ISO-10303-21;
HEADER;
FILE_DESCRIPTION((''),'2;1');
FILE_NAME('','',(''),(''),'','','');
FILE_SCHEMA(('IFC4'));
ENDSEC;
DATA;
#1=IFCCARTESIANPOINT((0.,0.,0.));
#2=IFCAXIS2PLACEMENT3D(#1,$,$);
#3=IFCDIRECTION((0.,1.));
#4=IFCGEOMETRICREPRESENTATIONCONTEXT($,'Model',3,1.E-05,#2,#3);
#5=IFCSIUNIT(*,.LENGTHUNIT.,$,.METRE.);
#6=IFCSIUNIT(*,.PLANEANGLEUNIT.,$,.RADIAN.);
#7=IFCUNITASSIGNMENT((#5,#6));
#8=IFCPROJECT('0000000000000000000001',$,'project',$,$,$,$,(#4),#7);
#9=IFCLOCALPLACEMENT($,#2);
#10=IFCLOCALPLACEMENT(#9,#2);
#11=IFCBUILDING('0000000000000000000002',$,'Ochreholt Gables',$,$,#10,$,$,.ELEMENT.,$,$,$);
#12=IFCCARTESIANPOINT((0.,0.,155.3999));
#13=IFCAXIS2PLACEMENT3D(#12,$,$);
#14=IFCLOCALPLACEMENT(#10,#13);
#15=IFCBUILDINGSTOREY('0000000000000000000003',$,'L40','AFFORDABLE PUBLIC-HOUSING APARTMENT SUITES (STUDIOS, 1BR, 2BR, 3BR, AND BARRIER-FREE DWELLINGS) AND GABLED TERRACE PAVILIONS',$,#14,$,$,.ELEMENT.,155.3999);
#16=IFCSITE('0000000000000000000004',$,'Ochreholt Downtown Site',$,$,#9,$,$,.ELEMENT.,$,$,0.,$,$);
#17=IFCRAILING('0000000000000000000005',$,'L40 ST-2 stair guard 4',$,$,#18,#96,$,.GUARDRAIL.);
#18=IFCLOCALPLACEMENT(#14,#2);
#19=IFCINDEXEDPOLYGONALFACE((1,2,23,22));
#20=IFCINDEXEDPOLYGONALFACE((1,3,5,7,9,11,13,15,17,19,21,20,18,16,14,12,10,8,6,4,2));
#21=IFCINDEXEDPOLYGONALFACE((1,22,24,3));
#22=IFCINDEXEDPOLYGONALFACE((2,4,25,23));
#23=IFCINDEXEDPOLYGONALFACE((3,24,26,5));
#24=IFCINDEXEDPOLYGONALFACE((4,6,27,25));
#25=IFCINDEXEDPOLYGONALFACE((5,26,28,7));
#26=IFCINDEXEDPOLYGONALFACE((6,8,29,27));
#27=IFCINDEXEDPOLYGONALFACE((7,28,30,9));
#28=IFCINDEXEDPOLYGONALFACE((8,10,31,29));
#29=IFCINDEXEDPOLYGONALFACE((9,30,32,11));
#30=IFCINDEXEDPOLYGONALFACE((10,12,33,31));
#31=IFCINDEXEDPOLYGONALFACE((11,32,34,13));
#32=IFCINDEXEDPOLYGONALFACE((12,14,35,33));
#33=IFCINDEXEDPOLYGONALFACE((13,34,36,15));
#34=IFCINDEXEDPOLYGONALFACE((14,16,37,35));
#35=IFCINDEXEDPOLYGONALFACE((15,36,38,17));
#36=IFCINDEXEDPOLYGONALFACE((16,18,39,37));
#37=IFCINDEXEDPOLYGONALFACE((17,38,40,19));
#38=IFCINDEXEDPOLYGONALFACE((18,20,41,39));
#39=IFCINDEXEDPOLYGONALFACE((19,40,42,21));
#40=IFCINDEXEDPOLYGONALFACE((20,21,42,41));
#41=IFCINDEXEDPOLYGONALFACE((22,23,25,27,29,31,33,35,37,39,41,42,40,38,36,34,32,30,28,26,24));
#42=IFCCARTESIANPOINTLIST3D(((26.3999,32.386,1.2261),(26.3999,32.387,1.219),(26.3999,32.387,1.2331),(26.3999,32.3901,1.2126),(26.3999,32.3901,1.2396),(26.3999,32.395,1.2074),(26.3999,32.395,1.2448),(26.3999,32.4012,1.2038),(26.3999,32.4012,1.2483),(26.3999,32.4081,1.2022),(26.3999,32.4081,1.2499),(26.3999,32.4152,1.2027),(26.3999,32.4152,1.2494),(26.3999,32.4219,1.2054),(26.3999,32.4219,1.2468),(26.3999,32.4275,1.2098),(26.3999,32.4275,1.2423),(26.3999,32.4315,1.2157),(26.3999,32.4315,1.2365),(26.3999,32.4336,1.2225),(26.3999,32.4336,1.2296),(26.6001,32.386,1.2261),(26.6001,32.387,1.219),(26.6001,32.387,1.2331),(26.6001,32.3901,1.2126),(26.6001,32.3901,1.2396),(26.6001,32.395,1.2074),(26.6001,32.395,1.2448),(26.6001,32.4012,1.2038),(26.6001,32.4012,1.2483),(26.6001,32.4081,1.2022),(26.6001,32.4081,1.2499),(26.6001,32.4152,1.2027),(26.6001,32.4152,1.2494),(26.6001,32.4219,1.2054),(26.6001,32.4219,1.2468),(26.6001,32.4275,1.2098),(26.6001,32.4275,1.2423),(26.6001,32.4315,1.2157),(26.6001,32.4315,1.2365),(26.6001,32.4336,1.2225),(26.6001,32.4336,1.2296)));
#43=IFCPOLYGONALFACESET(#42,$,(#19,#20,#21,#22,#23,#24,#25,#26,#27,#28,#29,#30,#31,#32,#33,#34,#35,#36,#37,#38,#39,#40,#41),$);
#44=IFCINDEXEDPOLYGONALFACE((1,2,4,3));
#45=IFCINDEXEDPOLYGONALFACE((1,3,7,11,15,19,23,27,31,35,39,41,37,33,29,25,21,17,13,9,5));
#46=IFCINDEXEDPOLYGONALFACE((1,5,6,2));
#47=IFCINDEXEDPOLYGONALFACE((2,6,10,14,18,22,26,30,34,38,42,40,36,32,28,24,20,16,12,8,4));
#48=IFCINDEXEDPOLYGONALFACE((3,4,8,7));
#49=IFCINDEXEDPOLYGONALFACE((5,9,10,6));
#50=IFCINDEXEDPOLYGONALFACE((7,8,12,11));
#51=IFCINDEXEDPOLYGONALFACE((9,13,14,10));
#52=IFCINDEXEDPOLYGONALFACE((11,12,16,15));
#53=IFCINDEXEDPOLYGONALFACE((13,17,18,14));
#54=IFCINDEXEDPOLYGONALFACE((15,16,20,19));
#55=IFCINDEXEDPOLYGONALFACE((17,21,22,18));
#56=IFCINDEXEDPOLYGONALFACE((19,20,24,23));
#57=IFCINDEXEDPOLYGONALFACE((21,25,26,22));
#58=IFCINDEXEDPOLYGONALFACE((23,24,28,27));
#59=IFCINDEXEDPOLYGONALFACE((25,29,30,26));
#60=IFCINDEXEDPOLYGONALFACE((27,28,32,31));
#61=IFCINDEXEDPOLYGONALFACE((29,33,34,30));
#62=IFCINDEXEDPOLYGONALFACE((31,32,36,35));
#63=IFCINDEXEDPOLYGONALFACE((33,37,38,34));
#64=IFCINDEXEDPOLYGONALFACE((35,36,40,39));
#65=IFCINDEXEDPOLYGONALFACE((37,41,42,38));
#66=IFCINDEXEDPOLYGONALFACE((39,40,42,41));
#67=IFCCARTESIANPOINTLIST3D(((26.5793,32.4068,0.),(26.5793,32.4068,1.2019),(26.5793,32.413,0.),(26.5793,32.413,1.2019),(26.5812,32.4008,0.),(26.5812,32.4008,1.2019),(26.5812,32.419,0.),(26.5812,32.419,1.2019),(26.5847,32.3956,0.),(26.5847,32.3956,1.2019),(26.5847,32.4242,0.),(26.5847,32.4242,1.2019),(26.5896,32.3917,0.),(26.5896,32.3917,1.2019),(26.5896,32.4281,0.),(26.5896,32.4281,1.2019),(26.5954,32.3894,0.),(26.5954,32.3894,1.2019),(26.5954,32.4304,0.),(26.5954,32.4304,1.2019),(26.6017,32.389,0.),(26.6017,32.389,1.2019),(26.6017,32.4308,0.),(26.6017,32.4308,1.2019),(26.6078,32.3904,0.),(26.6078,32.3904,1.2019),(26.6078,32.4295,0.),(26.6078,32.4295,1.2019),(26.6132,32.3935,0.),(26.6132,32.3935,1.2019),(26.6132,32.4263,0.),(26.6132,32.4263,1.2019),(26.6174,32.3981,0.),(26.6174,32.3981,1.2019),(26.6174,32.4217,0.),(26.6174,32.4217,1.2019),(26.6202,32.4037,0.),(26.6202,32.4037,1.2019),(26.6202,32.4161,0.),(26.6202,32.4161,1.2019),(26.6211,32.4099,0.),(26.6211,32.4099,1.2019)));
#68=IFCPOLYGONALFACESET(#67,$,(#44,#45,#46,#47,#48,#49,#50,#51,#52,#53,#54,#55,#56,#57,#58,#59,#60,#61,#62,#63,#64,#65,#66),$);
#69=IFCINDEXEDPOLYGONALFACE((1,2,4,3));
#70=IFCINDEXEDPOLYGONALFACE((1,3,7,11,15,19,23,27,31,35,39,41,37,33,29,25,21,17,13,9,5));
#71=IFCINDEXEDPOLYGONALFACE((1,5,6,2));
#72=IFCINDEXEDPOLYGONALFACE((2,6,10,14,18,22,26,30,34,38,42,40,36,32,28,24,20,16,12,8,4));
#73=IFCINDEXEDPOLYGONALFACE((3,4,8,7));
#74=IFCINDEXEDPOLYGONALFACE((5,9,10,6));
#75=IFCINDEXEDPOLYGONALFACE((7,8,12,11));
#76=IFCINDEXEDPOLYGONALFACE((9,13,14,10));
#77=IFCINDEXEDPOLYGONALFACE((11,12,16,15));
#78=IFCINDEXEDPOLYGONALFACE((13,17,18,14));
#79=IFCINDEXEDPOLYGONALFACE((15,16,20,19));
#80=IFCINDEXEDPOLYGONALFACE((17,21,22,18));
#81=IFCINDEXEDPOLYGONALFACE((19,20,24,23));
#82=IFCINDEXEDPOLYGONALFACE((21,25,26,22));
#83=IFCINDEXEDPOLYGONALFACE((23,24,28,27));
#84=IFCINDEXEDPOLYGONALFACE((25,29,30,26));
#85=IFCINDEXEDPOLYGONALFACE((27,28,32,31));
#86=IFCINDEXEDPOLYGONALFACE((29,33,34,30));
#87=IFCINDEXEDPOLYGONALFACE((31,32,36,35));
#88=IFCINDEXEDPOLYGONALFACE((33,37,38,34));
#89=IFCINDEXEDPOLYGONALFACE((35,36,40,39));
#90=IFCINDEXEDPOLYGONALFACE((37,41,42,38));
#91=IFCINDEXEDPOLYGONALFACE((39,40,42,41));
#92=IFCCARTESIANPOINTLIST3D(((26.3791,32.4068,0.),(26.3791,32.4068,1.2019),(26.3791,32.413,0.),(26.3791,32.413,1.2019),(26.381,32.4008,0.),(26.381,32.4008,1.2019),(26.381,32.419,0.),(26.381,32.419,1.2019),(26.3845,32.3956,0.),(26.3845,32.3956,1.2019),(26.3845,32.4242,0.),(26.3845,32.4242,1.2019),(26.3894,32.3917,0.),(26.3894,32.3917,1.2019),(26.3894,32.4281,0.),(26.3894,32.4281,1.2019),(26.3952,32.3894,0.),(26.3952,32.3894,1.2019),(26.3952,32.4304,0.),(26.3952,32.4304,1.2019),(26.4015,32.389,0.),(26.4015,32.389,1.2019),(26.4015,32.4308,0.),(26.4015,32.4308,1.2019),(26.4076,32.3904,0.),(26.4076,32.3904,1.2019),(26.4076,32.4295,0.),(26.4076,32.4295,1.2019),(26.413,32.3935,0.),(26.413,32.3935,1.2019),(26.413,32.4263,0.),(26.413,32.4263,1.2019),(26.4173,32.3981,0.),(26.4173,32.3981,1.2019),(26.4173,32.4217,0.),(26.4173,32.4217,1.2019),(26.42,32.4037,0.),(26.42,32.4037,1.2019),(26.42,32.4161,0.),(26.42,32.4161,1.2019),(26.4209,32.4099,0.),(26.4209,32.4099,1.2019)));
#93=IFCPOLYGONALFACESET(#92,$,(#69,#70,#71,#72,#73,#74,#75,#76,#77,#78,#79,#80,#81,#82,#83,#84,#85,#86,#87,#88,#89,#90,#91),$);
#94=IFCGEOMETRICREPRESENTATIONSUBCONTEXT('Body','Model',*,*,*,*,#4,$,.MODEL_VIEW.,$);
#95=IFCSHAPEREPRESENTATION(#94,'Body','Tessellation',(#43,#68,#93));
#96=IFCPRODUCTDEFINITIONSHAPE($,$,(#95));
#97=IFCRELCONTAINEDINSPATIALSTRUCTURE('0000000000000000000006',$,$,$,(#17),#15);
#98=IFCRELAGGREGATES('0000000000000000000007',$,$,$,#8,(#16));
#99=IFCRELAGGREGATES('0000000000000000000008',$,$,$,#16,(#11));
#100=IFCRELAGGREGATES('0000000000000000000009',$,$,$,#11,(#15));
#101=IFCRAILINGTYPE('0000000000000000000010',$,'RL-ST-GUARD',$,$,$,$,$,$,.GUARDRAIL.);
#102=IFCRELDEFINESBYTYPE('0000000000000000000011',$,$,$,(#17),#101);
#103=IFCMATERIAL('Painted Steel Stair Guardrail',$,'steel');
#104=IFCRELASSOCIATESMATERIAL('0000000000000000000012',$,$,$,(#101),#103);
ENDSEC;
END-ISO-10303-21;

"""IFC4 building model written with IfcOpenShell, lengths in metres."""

from ifc_helpers import new_model, si_unit, direction, frame, origin, origin_2d, place, context, subcontext, project, spatial, circle, extrude, material, type_object, element, save


model = new_model("IFC4")

# Units and contexts
model_context = context("Model", 3, precision=1e-05, world=origin(), true_north=direction((0.0, 1.0)))
body_context = subcontext(model_context, "Body", "Model", "MODEL_VIEW")
ifc_project = project(units=[si_unit("LENGTHUNIT", "METRE"), si_unit("PLANEANGLEUNIT", "RADIAN")], contexts=[model_context])

# Site, building, storey
site_placement = place(None, origin())
site = spatial("IfcSite", under=ifc_project, at=site_placement, Name="Ochreholt Downtown Site", CompositionType="ELEMENT", RefElevation=0.0)
building_placement = place(site_placement, origin())
building = spatial("IfcBuilding", under=site, at=building_placement, Name="Ochreholt Gables", CompositionType="ELEMENT")
storey_placement = place(building_placement, frame((0.0, 0.0, 155.3999)))
storey = spatial("IfcBuildingStorey", under=building, at=storey_placement, Name="L40", Description="AFFORDABLE PUBLIC-HOUSING APARTMENT SUITES (STUDIOS, 1BR, 2BR, 3BR, AND BARRIER-FREE DWELLINGS) AND GABLED TERRACE PAVILIONS", CompositionType="ELEMENT", Elevation=155.3999)

# Railing
ifc_material_1 = material(Name="Painted Steel Stair Guardrail", Category="steel")
railing_type = type_object("IfcRailingType", Name="RL-ST-GUARD", PredefinedType="GUARDRAIL", material=ifc_material_1)
railing_1_placement = place(storey_placement, frame((26.6001, 32.4099, 0.0)))
element("IfcRailing", 1, at=railing_1_placement, inside=storey, type_object=railing_type, Name="L40 ST-2 stair guard 4", PredefinedType="GUARDRAIL", context=body_context, shape_type="SweptSolid", body=[
    extrude(circle(Radius=0.0239, at=origin_2d()), frame((0.0, 0.0, 1.2261), z_axis=(-1.0, 0.0, 0.0), x_axis=(0.0, -1.0, 0.0)), (0.0, 0.0, 1.0), 0.2002),
    extrude(circle(Radius=0.021, at=origin_2d()), origin(), (0.0, 0.0, 1.0), 1.2019),
    extrude(circle(Radius=0.021, at=origin_2d()), frame((-0.2002, 0.0, 0.0)), (0.0, 0.0, 1.0), 1.2019),
])

save(model, "model.ifc")
